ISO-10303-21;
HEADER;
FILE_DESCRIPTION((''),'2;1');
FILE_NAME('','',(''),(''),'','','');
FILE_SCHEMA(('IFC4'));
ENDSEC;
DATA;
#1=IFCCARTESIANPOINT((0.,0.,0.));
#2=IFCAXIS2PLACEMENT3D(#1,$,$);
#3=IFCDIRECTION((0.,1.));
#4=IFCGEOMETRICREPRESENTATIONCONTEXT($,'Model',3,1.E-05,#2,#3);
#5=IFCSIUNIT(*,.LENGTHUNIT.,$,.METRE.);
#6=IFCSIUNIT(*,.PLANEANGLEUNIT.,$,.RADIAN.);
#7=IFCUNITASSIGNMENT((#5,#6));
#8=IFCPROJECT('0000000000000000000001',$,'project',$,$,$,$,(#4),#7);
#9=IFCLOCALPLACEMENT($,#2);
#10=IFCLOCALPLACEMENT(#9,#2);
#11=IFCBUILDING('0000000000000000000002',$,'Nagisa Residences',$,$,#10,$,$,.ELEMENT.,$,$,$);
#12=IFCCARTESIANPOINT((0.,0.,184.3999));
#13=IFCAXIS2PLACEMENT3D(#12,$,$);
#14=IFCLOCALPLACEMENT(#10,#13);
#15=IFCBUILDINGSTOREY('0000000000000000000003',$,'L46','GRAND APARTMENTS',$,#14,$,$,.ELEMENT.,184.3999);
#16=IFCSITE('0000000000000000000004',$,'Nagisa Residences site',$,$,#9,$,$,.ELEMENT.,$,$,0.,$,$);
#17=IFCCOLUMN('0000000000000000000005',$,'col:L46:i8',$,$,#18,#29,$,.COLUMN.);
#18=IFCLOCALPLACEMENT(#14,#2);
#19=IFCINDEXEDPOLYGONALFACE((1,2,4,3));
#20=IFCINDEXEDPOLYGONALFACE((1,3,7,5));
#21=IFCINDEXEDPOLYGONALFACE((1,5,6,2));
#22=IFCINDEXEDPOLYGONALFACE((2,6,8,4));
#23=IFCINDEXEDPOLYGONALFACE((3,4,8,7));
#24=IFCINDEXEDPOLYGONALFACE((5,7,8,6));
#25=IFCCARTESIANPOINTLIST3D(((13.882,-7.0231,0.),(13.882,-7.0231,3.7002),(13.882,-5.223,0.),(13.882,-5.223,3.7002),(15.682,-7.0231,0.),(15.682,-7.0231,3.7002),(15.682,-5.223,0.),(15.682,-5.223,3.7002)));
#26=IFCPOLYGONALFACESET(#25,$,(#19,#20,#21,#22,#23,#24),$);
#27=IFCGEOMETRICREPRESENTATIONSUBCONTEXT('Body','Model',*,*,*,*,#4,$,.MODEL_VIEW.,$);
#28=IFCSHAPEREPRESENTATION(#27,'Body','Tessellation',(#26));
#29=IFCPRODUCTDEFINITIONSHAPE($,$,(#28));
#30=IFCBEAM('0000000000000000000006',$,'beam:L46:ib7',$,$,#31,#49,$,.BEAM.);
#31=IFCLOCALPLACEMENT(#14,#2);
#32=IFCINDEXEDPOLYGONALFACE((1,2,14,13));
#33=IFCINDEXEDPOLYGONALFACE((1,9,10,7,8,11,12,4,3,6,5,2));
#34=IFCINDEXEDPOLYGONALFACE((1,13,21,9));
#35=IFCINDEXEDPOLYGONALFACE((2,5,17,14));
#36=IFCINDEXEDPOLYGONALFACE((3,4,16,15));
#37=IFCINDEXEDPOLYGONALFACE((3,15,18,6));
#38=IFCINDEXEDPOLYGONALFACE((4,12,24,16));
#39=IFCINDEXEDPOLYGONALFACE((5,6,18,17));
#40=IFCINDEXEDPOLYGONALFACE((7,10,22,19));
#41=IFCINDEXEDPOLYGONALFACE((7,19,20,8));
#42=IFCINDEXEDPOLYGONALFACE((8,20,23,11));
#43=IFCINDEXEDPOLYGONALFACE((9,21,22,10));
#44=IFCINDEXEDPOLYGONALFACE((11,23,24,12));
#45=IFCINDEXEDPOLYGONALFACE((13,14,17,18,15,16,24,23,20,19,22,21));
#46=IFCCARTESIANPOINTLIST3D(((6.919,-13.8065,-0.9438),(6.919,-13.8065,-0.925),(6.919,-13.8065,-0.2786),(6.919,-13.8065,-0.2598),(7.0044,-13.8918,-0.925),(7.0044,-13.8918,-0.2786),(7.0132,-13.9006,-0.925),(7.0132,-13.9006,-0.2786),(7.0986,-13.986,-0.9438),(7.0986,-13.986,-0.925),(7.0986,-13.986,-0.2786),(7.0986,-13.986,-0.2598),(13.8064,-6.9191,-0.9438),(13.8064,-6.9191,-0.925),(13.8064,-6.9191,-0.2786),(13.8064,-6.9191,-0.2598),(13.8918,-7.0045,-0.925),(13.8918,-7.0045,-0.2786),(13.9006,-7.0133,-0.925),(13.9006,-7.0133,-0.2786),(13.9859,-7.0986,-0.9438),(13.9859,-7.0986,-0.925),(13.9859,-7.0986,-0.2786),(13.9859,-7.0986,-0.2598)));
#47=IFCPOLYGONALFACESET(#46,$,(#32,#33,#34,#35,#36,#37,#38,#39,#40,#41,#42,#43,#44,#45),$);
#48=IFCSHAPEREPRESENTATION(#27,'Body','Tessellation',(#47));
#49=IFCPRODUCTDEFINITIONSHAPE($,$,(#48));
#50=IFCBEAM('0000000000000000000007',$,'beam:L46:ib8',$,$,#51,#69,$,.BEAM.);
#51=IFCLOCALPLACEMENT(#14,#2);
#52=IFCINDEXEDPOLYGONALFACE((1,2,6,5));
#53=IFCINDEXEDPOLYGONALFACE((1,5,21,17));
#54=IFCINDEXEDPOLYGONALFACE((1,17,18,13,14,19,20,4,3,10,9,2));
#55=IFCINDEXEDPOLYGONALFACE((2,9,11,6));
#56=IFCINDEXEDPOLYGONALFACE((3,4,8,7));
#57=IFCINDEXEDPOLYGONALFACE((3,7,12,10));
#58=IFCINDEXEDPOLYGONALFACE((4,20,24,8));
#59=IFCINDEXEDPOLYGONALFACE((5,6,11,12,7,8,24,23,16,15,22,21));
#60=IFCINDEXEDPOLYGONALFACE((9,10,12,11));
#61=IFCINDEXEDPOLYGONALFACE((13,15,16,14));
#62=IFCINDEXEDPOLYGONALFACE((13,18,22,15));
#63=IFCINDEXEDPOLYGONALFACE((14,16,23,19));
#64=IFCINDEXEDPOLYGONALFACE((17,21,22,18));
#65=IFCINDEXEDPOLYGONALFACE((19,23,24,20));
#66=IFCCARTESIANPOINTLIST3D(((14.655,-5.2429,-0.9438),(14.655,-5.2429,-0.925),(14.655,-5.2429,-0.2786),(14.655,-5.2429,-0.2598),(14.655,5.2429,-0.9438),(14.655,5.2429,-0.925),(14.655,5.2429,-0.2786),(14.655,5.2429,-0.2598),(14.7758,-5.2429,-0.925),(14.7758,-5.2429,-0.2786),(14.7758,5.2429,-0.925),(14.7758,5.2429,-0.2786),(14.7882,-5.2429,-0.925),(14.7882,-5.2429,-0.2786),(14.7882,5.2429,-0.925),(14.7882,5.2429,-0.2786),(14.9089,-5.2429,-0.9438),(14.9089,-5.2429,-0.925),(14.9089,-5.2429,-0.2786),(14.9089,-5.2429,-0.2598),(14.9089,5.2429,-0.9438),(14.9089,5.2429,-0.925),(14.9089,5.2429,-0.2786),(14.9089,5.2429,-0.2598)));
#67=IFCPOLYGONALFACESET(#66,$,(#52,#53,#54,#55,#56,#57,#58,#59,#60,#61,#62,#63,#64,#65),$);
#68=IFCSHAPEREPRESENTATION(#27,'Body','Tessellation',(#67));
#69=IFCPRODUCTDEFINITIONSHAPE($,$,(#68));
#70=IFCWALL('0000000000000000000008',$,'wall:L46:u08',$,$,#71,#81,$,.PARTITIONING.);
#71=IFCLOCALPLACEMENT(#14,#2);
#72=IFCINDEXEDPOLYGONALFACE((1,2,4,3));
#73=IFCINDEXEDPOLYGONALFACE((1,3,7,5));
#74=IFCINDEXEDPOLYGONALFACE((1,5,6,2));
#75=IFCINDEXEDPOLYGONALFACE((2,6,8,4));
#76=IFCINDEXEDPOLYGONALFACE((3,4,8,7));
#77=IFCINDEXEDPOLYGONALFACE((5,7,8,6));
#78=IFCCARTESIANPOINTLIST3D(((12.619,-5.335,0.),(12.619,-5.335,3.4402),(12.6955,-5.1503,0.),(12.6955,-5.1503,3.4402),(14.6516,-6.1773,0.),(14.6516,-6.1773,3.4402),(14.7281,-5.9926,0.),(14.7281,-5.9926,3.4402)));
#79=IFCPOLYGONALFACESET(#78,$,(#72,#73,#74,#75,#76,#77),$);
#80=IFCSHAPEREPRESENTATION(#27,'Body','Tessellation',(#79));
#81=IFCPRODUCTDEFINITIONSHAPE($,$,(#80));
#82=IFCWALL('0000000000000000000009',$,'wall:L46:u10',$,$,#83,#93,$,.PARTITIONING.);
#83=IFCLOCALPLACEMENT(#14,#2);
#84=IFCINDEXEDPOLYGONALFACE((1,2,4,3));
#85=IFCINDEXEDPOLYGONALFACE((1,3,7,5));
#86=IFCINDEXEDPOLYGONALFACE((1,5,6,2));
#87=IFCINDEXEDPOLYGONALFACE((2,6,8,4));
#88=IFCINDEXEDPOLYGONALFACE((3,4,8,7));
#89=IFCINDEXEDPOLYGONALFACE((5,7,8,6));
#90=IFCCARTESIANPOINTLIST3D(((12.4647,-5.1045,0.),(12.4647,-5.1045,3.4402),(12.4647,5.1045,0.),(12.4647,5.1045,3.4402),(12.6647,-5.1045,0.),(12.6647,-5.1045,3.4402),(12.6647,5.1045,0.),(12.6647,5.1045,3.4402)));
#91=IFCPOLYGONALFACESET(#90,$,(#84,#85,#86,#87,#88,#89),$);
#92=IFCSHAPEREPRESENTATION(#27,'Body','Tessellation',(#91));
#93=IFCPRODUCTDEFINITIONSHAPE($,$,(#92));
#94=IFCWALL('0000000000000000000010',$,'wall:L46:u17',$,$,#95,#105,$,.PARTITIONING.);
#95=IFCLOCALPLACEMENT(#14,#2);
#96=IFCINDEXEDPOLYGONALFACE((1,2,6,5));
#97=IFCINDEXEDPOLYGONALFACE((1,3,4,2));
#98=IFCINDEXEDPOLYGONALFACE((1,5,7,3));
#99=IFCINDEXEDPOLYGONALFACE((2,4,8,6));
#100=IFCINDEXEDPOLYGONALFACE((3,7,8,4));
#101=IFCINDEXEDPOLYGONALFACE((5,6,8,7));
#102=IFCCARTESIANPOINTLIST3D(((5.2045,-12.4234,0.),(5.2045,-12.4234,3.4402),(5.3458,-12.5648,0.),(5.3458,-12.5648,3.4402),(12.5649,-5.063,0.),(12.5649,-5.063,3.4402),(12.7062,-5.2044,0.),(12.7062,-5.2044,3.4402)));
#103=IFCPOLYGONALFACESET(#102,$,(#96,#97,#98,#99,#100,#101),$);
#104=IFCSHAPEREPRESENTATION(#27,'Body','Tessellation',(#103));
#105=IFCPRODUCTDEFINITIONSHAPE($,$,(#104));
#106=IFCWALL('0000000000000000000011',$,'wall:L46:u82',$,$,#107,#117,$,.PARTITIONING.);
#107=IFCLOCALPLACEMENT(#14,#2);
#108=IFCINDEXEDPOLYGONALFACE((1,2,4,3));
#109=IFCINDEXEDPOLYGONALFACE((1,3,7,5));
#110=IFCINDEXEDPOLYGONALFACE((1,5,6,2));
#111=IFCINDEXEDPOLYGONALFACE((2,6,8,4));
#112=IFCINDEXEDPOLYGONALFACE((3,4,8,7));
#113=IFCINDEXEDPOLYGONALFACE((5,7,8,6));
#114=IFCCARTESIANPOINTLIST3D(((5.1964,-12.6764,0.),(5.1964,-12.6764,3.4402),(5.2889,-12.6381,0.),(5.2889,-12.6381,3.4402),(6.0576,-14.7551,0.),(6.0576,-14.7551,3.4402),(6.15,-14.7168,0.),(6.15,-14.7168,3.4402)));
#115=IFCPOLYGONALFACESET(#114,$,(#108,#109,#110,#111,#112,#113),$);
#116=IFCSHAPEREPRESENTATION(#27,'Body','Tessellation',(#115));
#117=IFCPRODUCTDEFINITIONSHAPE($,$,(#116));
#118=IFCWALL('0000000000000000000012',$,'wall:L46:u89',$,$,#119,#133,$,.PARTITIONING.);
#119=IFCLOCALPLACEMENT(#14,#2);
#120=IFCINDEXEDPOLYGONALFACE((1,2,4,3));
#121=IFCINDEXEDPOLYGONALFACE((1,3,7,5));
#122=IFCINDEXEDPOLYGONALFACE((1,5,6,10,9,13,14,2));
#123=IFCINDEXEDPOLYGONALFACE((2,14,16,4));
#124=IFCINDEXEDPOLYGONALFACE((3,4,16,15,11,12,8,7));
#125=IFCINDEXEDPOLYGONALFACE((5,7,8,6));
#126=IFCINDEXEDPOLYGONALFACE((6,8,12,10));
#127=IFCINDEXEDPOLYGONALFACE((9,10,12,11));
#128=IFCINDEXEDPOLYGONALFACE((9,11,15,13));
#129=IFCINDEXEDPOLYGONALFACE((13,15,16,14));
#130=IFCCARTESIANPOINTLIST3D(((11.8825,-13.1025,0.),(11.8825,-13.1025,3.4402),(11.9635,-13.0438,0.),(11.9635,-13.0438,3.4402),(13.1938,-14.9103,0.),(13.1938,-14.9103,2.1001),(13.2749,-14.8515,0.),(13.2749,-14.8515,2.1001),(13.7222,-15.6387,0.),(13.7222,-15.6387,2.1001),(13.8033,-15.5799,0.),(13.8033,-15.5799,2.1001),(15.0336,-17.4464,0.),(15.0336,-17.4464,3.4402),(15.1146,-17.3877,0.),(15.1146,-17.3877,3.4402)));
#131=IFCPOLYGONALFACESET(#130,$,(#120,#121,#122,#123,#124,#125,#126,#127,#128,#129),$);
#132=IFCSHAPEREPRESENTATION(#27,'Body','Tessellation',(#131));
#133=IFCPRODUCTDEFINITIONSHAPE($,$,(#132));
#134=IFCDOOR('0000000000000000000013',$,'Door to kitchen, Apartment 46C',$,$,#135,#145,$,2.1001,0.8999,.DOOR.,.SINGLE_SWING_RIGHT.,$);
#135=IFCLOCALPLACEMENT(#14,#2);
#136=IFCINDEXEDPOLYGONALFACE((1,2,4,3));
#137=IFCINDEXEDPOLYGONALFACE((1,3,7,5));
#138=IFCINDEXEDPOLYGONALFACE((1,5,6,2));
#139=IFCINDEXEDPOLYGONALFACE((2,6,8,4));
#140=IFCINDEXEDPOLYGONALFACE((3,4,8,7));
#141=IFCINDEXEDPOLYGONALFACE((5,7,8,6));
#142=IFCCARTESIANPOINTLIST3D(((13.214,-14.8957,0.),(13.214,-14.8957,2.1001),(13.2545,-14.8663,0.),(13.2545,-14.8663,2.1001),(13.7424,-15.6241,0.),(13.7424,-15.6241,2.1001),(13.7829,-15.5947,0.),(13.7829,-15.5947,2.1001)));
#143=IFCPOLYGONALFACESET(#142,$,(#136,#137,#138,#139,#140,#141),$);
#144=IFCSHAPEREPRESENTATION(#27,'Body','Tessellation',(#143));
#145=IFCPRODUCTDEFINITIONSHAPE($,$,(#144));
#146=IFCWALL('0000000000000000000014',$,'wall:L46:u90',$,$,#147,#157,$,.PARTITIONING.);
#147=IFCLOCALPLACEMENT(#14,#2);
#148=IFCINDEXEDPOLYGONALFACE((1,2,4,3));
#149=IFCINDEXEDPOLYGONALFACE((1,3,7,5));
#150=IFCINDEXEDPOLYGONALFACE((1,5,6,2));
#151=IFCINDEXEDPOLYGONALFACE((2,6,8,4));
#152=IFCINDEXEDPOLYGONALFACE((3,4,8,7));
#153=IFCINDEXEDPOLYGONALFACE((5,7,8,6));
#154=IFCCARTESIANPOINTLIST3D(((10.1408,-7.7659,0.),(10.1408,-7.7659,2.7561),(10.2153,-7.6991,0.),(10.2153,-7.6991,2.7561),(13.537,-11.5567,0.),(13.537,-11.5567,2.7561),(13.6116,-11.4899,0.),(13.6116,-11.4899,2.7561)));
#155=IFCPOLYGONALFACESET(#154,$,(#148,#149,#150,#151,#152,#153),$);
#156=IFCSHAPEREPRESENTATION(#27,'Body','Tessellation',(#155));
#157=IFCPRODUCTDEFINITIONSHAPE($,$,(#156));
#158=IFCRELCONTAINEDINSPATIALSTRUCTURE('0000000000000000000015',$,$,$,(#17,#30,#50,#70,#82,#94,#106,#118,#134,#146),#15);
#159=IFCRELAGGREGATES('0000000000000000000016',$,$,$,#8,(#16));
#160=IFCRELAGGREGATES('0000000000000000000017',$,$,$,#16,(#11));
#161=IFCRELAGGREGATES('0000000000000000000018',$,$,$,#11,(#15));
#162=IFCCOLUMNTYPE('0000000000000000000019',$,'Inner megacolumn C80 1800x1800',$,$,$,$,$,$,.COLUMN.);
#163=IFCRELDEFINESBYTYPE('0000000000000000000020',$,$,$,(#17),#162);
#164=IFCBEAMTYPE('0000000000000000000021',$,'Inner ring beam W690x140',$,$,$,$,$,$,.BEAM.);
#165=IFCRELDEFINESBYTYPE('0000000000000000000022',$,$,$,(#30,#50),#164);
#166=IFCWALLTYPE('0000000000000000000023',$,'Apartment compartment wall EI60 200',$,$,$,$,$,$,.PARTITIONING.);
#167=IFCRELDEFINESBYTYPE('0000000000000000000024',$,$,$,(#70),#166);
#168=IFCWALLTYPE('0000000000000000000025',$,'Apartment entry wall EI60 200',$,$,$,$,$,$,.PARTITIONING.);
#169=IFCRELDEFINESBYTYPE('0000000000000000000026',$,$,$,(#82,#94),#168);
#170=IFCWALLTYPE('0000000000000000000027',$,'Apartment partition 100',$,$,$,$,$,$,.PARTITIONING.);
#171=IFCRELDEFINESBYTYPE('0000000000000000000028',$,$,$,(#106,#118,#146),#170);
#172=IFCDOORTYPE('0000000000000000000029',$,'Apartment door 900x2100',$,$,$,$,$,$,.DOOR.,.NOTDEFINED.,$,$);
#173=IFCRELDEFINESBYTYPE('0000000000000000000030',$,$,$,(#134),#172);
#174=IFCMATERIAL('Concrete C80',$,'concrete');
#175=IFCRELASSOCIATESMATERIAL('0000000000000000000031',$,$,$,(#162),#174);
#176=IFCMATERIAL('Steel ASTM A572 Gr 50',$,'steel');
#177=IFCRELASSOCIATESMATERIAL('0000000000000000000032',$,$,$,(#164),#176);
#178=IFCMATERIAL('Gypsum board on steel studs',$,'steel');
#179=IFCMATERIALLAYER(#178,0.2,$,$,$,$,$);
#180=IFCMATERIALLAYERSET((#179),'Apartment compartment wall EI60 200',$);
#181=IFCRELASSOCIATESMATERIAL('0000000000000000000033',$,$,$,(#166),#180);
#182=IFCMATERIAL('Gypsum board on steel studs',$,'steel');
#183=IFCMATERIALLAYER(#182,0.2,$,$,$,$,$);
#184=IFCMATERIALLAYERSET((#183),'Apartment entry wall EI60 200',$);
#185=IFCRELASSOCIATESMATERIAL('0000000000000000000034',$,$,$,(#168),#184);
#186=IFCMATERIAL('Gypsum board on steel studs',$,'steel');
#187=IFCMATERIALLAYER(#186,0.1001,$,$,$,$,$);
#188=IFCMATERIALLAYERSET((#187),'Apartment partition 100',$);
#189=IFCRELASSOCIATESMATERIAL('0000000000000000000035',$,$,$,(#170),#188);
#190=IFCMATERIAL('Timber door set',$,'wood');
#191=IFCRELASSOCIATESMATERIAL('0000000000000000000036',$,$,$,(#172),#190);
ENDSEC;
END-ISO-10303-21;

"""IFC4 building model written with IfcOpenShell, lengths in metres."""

from ifc_helpers import new_model, si_unit, direction, frame, frame_2d, origin, origin_2d, place, context, subcontext, project, spatial, rectangle, i_section, extrude, material, layer, layer_set, material_profile, profile_set, type_object, element, fill, save


model = new_model("IFC4")

# Units and contexts
model_context = context("Model", 3, precision=1e-05, world=origin(), true_north=direction((0.0, 1.0)))
body_context = subcontext(model_context, "Body", "Model", "MODEL_VIEW")
ifc_project = project(units=[si_unit("LENGTHUNIT", "METRE"), si_unit("PLANEANGLEUNIT", "RADIAN")], contexts=[model_context])

# Site, building, storey
site_placement = place(None, origin())
site = spatial("IfcSite", under=ifc_project, at=site_placement, Name="Nagisa Residences site", CompositionType="ELEMENT", RefElevation=0.0)
building_placement = place(site_placement, origin())
building = spatial("IfcBuilding", under=site, at=building_placement, Name="Nagisa Residences", CompositionType="ELEMENT")
storey_placement = place(building_placement, frame((0.0, 0.0, 184.3999)))
storey = spatial("IfcBuildingStorey", under=building, at=storey_placement, Name="L46", Description="GRAND APARTMENTS", CompositionType="ELEMENT", Elevation=184.3999)

# Column
ifc_material_1 = material(Name="Concrete C80", Category="concrete")
ifc_material_profile_1 = material_profile(ifc_material_1, rectangle(XDim=1.8, YDim=1.8, at=origin_2d()), Name="C80 1800x1800")
ifc_profile_set_1 = profile_set([ifc_material_profile_1], Name="Concrete C80")
column_type = type_object("IfcColumnType", Name="Inner megacolumn C80 1800x1800", PredefinedType="COLUMN", material=ifc_profile_set_1)
column_placement = place(storey_placement, frame((14.782, -6.123, 0.0), z_axis=(0.0, 0.0, 1.0), x_axis=(1.0, 0.0, 0.0)))
element("IfcColumn", 1, at=column_placement, inside=storey, type_object=column_type, Name="col:L46:i8", PredefinedType="COLUMN", context=body_context, shape_type="SweptSolid", body=[
    extrude(rectangle(XDim=1.8, YDim=1.8, at=origin_2d()), origin(), (0.0, 0.0, 1.0), 3.7002),
])

# Beams
ifc_material_2 = material(Name="Steel ASTM A572 Gr 50", Category="steel")
ifc_material_profile_2 = material_profile(ifc_material_2, i_section(OverallWidth=0.2539, OverallDepth=0.6841, WebThickness=0.0125, FlangeThickness=0.0188, at=origin_2d()), Name="W690x140")
ifc_profile_set_2 = profile_set([ifc_material_profile_2], Name="Steel ASTM A572 Gr 50")
beam_type = type_object("IfcBeamType", Name="Inner ring beam W690x140", PredefinedType="BEAM", material=ifc_profile_set_2)
beam_1_placement = place(storey_placement, frame((7.0088, -13.8962, -0.6018), z_axis=(0.707107, 0.707107, 0.0), x_axis=(-0.707107, 0.707107, 0.0)))
element("IfcBeam", 2, at=beam_1_placement, inside=storey, type_object=beam_type, Name="beam:L46:ib7", PredefinedType="BEAM", context=body_context, shape_type="SweptSolid", body=[
    extrude(i_section(OverallWidth=0.2539, OverallDepth=0.6841, WebThickness=0.0125, FlangeThickness=0.0188, at=origin_2d()), origin(), (0.0, 0.0, 1.0), 9.7402),
])
beam_2_placement = place(storey_placement, frame((14.782, -5.2429, -0.6018), z_axis=(0.0, 1.0, 0.0), x_axis=(-1.0, 0.0, 0.0)))
element("IfcBeam", 3, at=beam_2_placement, inside=storey, type_object=beam_type, Name="beam:L46:ib8", PredefinedType="BEAM", context=body_context, shape_type="SweptSolid", body=[
    extrude(i_section(OverallWidth=0.2539, OverallDepth=0.6841, WebThickness=0.0125, FlangeThickness=0.0188, at=origin_2d()), origin(), (0.0, 0.0, 1.0), 10.4858),
])

# Walls
ifc_material_3 = material(Name="Gypsum board on steel studs", Category="steel")
ifc_layer_1 = layer(ifc_material_3, 0.2)
ifc_layer_set_1 = layer_set([ifc_layer_1], Name="Apartment compartment wall EI60 200")
wall_type_1 = type_object("IfcWallType", Name="Apartment compartment wall EI60 200", PredefinedType="PARTITIONING", material=ifc_layer_set_1)
wall_1_placement = place(storey_placement, frame((12.6572, -5.2427, 0.0), z_axis=(0.0, 0.0, 1.0), x_axis=(0.92383, -0.382803, 0.0)))
element("IfcWall", 4, at=wall_1_placement, inside=storey, type_object=wall_type_1, Name="wall:L46:u08", PredefinedType="PARTITIONING", context=body_context, shape_type="SweptSolid", body=[
    extrude(rectangle(XDim=2.2002, YDim=0.2, at=frame_2d((1.1001, 0.0))), origin(), (0.0, 0.0, 1.0), 3.4402),
])
ifc_material_4 = material(Name="Gypsum board on steel studs", Category="steel")
ifc_layer_2 = layer(ifc_material_4, 0.2)
ifc_layer_set_2 = layer_set([ifc_layer_2], Name="Apartment entry wall EI60 200")
wall_type_2 = type_object("IfcWallType", Name="Apartment entry wall EI60 200", PredefinedType="PARTITIONING", material=ifc_layer_set_2)
wall_2_placement = place(storey_placement, frame((12.5647, -5.1045, 0.0), z_axis=(0.0, 0.0, 1.0), x_axis=(0.0, 1.0, 0.0)))
element("IfcWall", 5, at=wall_2_placement, inside=storey, type_object=wall_type_2, Name="wall:L46:u10", PredefinedType="PARTITIONING", context=body_context, shape_type="SweptSolid", body=[
    extrude(rectangle(XDim=10.209, YDim=0.2, at=frame_2d((5.1045, 0.0))), origin(), (0.0, 0.0, 1.0), 3.4402),
])
wall_3_placement = place(storey_placement, frame((5.2751, -12.4941, 0.0), z_axis=(0.0, 0.0, 1.0), x_axis=(0.707107, 0.707107, 0.0)))
element("IfcWall", 6, at=wall_3_placement, inside=storey, type_object=wall_type_2, Name="wall:L46:u17", PredefinedType="PARTITIONING", context=body_context, shape_type="SweptSolid", body=[
    extrude(rectangle(XDim=10.4092, YDim=0.2, at=frame_2d((5.2046, 0.0))), origin(), (0.0, 0.0, 1.0), 3.4402),
])
ifc_material_5 = material(Name="Gypsum board on steel studs", Category="steel")
ifc_layer_3 = layer(ifc_material_5, 0.1001)
ifc_layer_set_3 = layer_set([ifc_layer_3], Name="Apartment partition 100")
wall_type_3 = type_object("IfcWallType", Name="Apartment partition 100", PredefinedType="PARTITIONING", material=ifc_layer_set_3)
wall_4_placement = place(storey_placement, frame((5.2427, -12.6572, 0.0), z_axis=(0.0, 0.0, 1.0), x_axis=(0.382719, -0.923865, 0.0)))
element("IfcWall", 7, at=wall_4_placement, inside=storey, type_object=wall_type_3, Name="wall:L46:u82", PredefinedType="PARTITIONING", context=body_context, shape_type="SweptSolid", body=[
    extrude(rectangle(XDim=2.25, YDim=0.1001, at=frame_2d((1.125, 0.0))), origin(), (0.0, 0.0, 1.0), 3.4402),
])

# Wall, opening, door
wall_5_placement = place(storey_placement, frame((11.9231, -13.0732, 0.0), z_axis=(0.0, 0.0, 1.0), x_axis=(0.587179, -0.809457, 0.0)))
wall_5 = element("IfcWall", 8, at=wall_5_placement, inside=storey, type_object=wall_type_3, Name="wall:L46:u89", PredefinedType="PARTITIONING", context=body_context, shape_type="SweptSolid", body=[
    extrude(rectangle(XDim=5.3665, YDim=0.1001, at=frame_2d((2.6831, 0.0))), origin(), (0.0, 0.0, 1.0), 3.4402),
])
opening_1_placement = place(wall_5_placement, frame((2.2332, 0.0, 0.0)))
opening_1 = element("IfcOpeningElement", 9, at=opening_1_placement, cuts=wall_5, PredefinedType="OPENING", context=body_context, shape_type="SweptSolid", body=[
    extrude(rectangle(XDim=0.8999, YDim=2.1001, at=frame_2d((0.45, 1.05))), frame((0.0, 0.0601, 0.0), z_axis=(0.0, -1.0, 0.0), x_axis=(1.0, 0.0, 0.0)), (0.0, 0.0, 1.0), 0.1201),
])
ifc_material_6 = material(Name="Timber door set", Category="wood")
door_type = type_object("IfcDoorType", Name="Apartment door 900x2100", OperationType="NOTDEFINED", PredefinedType="DOOR", material=ifc_material_6)
door_1_placement = place(opening_1_placement, origin())
door_1 = element("IfcDoor", 10, at=door_1_placement, inside=storey, type_object=door_type, Name="Door to kitchen, Apartment 46C", OperationType="SINGLE_SWING_RIGHT", OverallHeight=2.1001, OverallWidth=0.8999, PredefinedType="DOOR", context=body_context, shape_type="SweptSolid", body=[
    extrude(rectangle(XDim=0.8999, YDim=2.1001, at=frame_2d((0.45, 1.05))), frame((0.0, 0.0249, 0.0), z_axis=(0.0, -1.0, 0.0), x_axis=(1.0, 0.0, 0.0)), (0.0, 0.0, 1.0), 0.05),
])
fill(opening_1, door_1)

# Wall
wall_6_placement = place(storey_placement, frame((10.178, -7.7324, 0.0), z_axis=(0.0, 0.0, 1.0), x_axis=(0.667285, -0.744802, 0.0)))
element("IfcWall", 11, at=wall_6_placement, inside=storey, type_object=wall_type_3, Name="wall:L46:u90", PredefinedType="PARTITIONING", context=body_context, shape_type="SweptSolid", body=[
    extrude(rectangle(XDim=5.0896, YDim=0.1001, at=frame_2d((2.5449, 0.0))), origin(), (0.0, 0.0, 1.0), 2.7561),
])

save(model, "model.ifc")
